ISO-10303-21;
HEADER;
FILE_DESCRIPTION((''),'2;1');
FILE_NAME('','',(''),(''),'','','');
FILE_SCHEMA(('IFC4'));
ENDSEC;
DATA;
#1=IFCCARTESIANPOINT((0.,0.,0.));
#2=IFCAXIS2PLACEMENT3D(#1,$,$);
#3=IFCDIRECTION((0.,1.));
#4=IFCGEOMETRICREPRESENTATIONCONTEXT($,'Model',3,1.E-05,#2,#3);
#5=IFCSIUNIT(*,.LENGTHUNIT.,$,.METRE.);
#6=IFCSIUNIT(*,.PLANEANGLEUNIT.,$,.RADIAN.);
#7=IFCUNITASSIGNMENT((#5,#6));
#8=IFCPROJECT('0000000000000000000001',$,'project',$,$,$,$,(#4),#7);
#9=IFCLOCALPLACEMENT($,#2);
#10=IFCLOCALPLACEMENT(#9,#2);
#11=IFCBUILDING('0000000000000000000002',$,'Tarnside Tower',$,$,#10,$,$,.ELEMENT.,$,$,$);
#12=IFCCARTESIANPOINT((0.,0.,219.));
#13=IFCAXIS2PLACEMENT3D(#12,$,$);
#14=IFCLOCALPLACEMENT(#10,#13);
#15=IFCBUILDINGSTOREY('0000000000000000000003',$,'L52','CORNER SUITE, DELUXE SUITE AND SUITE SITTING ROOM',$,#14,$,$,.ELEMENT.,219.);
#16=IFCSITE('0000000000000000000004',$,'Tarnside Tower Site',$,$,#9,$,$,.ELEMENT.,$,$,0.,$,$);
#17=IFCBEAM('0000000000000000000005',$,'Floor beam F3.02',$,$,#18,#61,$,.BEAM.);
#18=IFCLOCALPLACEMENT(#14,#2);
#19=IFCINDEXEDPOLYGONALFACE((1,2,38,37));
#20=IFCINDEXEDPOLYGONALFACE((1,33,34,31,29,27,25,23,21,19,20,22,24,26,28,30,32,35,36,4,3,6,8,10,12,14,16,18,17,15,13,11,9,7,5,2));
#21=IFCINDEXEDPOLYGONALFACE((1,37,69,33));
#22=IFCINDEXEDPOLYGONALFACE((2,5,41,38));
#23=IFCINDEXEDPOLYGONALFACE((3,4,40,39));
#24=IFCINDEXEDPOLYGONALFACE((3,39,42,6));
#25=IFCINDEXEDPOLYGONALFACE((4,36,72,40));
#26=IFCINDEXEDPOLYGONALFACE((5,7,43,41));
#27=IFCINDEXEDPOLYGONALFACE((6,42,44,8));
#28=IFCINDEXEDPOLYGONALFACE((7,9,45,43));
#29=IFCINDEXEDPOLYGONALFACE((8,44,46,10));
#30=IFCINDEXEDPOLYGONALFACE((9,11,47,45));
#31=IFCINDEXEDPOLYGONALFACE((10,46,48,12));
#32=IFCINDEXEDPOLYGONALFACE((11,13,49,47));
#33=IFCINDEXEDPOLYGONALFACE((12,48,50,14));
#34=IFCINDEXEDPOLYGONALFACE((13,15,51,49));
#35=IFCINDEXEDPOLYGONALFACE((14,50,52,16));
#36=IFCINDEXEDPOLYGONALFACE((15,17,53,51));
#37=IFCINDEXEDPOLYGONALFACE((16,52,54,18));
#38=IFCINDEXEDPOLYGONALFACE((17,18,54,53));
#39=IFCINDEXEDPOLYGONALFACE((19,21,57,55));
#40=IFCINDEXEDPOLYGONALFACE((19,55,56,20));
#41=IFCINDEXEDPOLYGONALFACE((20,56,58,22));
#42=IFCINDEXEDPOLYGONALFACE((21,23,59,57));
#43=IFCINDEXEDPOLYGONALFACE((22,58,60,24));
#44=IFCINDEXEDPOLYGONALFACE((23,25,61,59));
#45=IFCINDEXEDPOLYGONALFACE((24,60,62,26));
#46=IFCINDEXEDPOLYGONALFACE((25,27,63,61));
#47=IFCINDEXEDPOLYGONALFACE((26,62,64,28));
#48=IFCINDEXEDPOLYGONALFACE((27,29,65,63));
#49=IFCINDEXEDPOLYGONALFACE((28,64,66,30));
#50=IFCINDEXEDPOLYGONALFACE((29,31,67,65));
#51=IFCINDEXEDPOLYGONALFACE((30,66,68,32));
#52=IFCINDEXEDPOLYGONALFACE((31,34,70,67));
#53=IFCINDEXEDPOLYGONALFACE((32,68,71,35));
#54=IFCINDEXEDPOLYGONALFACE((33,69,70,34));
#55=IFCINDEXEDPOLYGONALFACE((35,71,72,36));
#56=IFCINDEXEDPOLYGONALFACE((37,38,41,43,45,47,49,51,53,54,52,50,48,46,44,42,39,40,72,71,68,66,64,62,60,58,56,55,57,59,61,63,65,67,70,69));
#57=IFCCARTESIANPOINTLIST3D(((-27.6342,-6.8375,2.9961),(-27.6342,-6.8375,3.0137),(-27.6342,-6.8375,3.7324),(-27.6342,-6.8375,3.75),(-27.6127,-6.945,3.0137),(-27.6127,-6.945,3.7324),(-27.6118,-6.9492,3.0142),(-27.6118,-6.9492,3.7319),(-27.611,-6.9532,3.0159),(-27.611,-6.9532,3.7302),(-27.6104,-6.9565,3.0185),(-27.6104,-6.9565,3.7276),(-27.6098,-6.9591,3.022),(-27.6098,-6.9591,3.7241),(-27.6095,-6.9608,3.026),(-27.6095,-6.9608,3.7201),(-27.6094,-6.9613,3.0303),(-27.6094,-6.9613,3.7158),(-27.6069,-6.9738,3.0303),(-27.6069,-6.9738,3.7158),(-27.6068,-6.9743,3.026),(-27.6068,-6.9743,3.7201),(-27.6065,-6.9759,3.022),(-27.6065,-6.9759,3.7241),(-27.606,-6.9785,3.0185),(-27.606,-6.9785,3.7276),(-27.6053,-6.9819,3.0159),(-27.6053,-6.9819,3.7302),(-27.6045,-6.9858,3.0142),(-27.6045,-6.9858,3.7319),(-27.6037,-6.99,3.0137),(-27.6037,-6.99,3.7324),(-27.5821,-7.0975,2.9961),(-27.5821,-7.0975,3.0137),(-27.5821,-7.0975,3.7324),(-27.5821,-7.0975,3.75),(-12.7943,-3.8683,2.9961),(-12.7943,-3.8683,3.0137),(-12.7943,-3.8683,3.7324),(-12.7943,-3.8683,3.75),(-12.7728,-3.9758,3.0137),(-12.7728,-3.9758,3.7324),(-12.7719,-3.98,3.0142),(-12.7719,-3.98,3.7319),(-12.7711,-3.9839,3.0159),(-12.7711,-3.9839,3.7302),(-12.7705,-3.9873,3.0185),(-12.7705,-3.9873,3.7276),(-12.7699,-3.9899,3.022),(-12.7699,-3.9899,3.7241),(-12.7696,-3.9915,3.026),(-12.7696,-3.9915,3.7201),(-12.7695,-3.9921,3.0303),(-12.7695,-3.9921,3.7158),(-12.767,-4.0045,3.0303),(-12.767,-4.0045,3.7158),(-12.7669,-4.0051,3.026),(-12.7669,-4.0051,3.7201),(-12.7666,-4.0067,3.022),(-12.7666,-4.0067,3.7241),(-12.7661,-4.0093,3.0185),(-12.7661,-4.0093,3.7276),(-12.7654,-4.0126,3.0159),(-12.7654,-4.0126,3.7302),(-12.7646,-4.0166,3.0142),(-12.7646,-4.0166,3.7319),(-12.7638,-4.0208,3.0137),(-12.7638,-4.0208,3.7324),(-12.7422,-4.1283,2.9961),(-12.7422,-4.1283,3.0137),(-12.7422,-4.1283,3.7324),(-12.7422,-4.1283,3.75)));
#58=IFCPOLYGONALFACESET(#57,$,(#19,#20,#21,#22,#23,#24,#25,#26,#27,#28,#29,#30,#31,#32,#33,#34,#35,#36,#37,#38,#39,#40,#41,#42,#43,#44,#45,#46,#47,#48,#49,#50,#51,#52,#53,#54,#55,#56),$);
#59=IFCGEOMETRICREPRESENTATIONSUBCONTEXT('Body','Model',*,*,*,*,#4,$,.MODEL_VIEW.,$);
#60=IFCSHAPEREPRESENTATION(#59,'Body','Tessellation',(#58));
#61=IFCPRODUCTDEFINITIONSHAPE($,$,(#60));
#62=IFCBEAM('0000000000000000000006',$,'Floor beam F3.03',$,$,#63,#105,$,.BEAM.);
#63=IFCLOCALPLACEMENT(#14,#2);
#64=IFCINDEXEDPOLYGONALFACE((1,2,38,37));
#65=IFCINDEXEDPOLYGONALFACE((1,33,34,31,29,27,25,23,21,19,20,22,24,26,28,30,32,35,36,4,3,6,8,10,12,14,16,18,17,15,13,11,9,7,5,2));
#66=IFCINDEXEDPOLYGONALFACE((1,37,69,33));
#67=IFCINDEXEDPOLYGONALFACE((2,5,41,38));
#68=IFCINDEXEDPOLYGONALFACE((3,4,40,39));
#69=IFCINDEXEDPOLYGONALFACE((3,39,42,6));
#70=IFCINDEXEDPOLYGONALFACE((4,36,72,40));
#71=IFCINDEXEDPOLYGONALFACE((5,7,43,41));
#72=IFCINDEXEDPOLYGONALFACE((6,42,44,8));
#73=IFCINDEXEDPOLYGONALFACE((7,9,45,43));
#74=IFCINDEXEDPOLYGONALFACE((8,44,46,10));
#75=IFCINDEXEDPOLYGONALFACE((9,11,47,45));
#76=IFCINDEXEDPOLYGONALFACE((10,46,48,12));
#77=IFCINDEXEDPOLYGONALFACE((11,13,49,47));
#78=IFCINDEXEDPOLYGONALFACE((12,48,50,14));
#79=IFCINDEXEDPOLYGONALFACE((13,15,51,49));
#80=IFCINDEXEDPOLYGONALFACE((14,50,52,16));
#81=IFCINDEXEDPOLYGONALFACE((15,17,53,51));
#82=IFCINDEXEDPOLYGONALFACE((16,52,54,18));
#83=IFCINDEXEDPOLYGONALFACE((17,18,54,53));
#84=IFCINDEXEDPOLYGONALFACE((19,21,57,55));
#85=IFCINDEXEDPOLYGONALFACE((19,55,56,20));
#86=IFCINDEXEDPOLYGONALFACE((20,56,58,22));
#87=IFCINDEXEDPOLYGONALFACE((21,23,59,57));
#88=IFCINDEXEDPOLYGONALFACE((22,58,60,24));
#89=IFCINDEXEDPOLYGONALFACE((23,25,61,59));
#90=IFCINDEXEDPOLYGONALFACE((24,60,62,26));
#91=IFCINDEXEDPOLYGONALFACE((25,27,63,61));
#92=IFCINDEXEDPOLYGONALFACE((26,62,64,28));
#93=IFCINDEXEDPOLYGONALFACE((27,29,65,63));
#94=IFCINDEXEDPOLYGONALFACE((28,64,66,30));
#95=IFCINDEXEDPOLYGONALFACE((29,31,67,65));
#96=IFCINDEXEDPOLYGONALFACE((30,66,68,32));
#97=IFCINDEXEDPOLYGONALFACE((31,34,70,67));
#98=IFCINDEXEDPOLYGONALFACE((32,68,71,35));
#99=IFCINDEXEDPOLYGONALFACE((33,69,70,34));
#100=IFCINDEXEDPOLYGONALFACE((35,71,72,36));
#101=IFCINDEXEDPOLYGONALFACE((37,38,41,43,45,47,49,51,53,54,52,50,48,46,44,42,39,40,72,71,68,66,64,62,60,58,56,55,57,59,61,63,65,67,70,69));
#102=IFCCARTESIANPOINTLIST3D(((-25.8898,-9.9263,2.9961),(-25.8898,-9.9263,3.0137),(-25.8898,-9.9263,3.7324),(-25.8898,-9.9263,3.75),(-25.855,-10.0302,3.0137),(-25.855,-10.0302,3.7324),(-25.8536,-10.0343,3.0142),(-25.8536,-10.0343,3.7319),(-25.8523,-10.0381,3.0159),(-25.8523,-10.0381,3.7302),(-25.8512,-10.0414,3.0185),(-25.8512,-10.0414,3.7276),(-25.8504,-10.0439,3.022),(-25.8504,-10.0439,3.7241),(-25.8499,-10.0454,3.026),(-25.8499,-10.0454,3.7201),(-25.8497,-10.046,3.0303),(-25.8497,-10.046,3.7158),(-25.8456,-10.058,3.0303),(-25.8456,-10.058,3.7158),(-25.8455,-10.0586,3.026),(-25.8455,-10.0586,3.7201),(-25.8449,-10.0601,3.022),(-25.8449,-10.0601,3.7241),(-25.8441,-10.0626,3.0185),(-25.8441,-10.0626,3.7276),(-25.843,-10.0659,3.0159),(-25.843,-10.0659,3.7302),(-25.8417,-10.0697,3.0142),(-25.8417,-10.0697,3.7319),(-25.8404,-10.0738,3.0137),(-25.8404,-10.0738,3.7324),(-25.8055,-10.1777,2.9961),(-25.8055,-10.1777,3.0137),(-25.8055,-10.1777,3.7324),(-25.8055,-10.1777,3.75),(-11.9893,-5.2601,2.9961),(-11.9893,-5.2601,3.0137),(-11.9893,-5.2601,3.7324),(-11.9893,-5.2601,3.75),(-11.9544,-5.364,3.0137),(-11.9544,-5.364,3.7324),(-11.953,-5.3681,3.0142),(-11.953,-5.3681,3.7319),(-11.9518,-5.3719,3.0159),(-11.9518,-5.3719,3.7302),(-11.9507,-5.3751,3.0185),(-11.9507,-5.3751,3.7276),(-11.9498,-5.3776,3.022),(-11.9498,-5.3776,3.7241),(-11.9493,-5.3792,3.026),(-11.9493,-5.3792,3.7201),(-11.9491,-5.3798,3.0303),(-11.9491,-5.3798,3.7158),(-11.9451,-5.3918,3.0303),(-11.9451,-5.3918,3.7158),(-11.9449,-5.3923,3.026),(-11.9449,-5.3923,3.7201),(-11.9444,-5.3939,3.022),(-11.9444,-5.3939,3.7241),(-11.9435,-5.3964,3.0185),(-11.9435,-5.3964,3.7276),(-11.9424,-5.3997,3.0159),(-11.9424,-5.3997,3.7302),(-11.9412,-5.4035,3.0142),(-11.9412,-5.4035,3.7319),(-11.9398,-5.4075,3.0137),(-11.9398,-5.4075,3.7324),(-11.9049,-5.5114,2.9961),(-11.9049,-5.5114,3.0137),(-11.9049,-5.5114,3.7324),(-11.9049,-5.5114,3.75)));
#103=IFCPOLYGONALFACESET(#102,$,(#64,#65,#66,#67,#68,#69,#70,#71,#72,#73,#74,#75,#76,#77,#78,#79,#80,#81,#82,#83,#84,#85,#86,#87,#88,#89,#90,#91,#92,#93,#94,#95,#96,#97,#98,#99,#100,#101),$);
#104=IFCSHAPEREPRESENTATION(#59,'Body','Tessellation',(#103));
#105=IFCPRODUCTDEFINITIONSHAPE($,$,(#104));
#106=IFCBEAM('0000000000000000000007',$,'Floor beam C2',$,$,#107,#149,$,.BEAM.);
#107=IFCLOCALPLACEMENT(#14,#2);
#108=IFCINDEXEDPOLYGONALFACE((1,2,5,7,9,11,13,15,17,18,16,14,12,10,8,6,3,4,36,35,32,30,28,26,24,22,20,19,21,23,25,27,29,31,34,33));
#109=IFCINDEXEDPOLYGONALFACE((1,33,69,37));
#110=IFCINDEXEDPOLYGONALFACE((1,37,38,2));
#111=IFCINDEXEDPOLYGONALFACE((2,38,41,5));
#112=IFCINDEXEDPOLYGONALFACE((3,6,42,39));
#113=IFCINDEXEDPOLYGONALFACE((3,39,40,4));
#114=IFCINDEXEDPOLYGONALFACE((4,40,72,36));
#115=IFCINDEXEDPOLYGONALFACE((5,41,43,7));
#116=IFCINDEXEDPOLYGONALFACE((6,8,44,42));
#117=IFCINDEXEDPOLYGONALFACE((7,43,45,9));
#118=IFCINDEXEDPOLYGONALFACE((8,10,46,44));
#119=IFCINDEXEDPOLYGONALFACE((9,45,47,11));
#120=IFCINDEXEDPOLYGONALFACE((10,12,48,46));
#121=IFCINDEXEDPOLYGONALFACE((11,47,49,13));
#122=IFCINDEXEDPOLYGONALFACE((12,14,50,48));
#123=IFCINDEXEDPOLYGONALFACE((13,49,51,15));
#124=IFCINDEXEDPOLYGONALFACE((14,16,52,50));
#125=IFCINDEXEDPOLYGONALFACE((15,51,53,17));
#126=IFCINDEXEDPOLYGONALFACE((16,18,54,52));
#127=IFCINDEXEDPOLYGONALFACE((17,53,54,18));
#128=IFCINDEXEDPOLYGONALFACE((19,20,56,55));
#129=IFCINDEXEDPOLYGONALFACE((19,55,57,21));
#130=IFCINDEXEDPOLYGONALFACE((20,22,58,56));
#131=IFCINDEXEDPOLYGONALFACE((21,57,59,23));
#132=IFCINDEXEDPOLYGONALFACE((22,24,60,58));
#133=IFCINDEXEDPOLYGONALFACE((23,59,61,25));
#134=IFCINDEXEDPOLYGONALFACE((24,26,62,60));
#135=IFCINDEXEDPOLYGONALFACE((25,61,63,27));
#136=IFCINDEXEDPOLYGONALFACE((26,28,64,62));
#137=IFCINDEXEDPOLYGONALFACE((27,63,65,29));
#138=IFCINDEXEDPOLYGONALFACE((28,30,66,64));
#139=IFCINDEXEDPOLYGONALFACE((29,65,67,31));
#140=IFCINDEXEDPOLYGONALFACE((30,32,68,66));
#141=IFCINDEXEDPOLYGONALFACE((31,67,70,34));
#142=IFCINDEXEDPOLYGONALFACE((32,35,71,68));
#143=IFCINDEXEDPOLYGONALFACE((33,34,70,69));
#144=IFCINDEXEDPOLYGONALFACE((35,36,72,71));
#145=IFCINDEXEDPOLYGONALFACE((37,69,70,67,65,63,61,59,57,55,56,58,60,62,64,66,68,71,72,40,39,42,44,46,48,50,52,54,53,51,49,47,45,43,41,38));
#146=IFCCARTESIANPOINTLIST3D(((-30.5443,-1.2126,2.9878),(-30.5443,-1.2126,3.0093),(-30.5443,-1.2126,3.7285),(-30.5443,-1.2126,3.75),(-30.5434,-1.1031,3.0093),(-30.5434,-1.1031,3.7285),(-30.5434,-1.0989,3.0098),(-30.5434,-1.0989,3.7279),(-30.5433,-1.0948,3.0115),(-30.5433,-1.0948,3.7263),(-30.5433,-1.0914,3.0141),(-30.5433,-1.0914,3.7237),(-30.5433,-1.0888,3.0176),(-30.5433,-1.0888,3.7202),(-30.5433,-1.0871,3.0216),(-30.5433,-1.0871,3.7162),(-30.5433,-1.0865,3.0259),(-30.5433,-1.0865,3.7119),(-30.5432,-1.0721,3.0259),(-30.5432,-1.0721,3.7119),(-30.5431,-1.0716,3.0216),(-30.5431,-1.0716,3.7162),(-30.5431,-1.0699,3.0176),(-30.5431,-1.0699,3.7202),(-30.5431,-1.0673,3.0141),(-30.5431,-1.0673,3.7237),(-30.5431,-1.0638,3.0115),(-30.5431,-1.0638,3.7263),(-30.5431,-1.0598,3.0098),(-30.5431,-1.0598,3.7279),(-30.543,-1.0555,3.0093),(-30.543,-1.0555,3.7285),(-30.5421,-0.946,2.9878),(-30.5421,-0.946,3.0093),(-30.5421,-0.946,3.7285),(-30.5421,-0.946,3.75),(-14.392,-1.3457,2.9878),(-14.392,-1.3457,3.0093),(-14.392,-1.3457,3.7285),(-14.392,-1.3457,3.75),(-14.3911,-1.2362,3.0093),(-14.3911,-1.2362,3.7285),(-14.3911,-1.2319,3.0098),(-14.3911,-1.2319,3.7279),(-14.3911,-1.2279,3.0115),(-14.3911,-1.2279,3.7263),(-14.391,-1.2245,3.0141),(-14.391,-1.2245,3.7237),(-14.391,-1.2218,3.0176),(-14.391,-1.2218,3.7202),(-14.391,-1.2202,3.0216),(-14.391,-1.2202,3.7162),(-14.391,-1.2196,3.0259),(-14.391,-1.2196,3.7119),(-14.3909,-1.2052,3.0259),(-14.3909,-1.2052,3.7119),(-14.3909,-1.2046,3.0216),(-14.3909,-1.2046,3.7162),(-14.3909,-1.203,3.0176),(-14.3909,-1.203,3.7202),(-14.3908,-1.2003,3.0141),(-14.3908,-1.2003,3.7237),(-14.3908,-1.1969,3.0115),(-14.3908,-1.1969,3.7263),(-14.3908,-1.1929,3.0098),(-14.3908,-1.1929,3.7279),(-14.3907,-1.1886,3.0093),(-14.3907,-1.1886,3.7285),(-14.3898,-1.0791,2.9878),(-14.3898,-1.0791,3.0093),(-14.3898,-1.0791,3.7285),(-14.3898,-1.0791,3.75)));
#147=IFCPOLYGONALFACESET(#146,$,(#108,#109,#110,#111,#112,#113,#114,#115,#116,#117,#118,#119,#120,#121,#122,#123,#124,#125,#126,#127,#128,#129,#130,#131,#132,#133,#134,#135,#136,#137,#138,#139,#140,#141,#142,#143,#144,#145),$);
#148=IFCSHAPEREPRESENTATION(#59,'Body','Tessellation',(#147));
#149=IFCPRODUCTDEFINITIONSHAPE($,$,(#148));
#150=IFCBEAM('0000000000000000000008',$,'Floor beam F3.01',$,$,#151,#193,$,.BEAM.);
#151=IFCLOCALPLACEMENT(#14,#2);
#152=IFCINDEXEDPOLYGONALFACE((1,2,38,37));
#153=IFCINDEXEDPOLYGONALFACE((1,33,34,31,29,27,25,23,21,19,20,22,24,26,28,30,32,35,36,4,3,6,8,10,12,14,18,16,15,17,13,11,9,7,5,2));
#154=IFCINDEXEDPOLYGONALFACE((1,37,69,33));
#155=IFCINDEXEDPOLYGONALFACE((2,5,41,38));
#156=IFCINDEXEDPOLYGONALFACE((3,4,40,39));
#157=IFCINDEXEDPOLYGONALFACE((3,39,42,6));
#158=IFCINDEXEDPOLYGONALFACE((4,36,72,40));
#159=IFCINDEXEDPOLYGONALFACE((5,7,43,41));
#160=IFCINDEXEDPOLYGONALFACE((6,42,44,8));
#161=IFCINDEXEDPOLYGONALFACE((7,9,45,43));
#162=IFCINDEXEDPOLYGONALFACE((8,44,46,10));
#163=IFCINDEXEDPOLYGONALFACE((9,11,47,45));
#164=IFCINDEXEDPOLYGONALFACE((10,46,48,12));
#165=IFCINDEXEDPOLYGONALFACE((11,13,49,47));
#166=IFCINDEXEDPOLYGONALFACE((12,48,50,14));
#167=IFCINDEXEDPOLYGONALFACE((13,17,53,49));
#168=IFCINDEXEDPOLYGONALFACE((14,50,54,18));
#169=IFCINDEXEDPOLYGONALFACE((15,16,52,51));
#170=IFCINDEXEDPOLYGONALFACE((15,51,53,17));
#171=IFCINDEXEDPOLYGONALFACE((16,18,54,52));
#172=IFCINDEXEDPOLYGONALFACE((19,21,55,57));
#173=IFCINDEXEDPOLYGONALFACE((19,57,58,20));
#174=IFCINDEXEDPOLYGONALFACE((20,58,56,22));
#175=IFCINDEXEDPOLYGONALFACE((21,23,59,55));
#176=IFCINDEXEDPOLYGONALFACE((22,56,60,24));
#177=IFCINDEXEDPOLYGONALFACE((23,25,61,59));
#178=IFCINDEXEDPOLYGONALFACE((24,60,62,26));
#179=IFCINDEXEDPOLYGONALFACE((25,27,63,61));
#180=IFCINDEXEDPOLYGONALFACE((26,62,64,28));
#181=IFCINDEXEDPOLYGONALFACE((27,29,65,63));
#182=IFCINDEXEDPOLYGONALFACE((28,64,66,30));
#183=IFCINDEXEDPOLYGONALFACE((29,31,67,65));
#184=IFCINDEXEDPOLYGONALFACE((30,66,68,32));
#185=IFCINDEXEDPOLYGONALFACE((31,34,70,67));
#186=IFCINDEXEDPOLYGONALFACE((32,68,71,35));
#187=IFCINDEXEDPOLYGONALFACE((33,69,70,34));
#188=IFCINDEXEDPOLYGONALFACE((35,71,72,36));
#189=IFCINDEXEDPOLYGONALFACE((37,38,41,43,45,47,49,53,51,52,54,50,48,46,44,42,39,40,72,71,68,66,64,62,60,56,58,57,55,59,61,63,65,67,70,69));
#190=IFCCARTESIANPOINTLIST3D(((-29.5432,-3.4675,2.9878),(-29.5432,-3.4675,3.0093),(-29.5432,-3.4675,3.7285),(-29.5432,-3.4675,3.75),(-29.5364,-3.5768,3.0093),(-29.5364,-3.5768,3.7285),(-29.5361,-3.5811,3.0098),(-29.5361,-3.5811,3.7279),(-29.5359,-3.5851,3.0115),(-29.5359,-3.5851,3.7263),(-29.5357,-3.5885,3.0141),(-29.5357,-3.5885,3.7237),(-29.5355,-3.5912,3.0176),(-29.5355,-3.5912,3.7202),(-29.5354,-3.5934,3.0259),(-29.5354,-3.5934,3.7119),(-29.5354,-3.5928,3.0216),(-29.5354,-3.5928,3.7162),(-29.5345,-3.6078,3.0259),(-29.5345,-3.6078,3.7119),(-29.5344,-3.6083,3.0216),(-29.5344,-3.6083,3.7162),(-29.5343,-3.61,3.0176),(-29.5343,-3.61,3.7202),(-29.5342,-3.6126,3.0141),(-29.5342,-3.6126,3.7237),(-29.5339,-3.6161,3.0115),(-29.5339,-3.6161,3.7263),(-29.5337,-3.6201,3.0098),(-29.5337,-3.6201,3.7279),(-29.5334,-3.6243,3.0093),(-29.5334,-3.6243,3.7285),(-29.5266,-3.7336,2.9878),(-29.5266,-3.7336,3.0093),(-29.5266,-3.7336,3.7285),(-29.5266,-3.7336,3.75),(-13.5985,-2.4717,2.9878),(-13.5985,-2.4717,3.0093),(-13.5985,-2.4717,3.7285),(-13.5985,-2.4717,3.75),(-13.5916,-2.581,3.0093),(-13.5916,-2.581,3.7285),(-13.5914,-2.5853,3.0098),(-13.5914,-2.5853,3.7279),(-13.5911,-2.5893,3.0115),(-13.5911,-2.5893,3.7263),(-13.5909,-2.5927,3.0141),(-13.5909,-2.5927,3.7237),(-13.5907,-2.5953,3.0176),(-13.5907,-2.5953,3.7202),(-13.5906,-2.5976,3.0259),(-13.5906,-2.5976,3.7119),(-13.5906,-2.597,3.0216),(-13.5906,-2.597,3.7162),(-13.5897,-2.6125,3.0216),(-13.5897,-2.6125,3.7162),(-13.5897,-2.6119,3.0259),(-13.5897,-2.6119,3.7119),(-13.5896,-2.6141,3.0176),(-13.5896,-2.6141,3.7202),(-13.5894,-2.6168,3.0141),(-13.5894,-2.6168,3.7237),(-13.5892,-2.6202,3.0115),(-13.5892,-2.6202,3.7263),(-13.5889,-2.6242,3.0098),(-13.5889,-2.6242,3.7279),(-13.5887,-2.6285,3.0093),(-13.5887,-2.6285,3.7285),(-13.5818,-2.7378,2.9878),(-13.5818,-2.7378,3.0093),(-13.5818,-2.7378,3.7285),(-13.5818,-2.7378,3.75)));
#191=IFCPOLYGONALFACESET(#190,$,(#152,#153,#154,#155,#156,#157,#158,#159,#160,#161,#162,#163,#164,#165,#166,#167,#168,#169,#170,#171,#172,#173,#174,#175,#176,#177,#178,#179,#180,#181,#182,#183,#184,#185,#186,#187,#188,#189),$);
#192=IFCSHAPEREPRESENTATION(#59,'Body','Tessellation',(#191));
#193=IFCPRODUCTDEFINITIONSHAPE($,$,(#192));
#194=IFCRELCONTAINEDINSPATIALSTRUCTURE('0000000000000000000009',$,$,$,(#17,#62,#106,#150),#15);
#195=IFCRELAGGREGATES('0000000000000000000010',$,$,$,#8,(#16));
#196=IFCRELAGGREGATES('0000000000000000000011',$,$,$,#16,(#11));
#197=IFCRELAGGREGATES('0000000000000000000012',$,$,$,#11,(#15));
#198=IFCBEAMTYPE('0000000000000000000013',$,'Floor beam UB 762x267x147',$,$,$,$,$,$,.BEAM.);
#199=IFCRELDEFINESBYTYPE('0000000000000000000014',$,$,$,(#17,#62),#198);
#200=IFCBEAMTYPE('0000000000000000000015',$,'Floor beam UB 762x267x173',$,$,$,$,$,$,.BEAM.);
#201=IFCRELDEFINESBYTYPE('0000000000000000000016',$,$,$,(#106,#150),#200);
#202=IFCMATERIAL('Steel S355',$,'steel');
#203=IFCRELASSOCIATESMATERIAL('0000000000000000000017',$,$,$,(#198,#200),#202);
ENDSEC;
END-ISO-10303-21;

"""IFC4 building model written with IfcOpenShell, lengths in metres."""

from ifc_helpers import new_model, si_unit, direction, frame, origin, origin_2d, place, context, subcontext, project, spatial, i_section, extrude, material, material_profile, profile_set, type_object, element, save


model = new_model("IFC4")

# Units and contexts
model_context = context("Model", 3, precision=1e-05, world=origin(), true_north=direction((0.0, 1.0)))
body_context = subcontext(model_context, "Body", "Model", "MODEL_VIEW")
ifc_project = project(units=[si_unit("LENGTHUNIT", "METRE"), si_unit("PLANEANGLEUNIT", "RADIAN")], contexts=[model_context])

# Site, building, storey
site_placement = place(None, origin())
site = spatial("IfcSite", under=ifc_project, at=site_placement, Name="Tarnside Tower Site", CompositionType="ELEMENT", RefElevation=0.0)
building_placement = place(site_placement, origin())
building = spatial("IfcBuilding", under=site, at=building_placement, Name="Tarnside Tower", CompositionType="ELEMENT")
storey_placement = place(building_placement, frame((0.0, 0.0, 219.0)))
storey = spatial("IfcBuildingStorey", under=building, at=storey_placement, Name="L52", Description="CORNER SUITE, DELUXE SUITE AND SUITE SITTING ROOM", CompositionType="ELEMENT", Elevation=219.0)

# Beams
ifc_material_1 = material(Name="Steel S355", Category="steel")
ifc_material_profile_1 = material_profile(ifc_material_1, i_section(OverallWidth=0.2651, OverallDepth=0.7539, WebThickness=0.0127, FlangeThickness=0.0176, FilletRadius=0.0166, at=origin_2d()), Name="UB 762x267x147")
ifc_profile_set_1 = profile_set([ifc_material_profile_1], Name="Steel S355")
beam_type_1 = type_object("IfcBeamType", Name="Floor beam UB 762x267x147", PredefinedType="BEAM", material=ifc_profile_set_1)
beam_1_placement = place(storey_placement, frame((-27.6082, -6.9675, 3.373), z_axis=(0.980565, 0.196197, 0.0), x_axis=(-0.196197, 0.980565, 0.0)))
element("IfcBeam", 1, at=beam_1_placement, inside=storey, type_object=beam_type_1, Name="Floor beam F3.02", PredefinedType="BEAM", context=body_context, shape_type="SweptSolid", body=[
    extrude(i_section(OverallWidth=0.2651, OverallDepth=0.7539, WebThickness=0.0127, FlangeThickness=0.0176, FilletRadius=0.0166, at=origin_2d()), origin(), (0.0, 0.0, 1.0), 15.134),
])
beam_2_placement = place(storey_placement, frame((-25.8477, -10.052, 3.373), z_axis=(0.948012, 0.318235, 0.0), x_axis=(-0.318235, 0.948012, 0.0)))
element("IfcBeam", 2, at=beam_2_placement, inside=storey, type_object=beam_type_1, Name="Floor beam F3.03", PredefinedType="BEAM", context=body_context, shape_type="SweptSolid", body=[
    extrude(i_section(OverallWidth=0.2651, OverallDepth=0.7539, WebThickness=0.0127, FlangeThickness=0.0176, FilletRadius=0.0166, at=origin_2d()), origin(), (0.0, 0.0, 1.0), 14.6628),
])
ifc_material_profile_2 = material_profile(ifc_material_1, i_section(OverallWidth=0.2666, OverallDepth=0.7622, WebThickness=0.0144, FlangeThickness=0.0215, FilletRadius=0.0166, at=origin_2d()), Name="UB 762x267x173")
ifc_profile_set_2 = profile_set([ifc_material_profile_2], Name="Steel S355")
beam_type_2 = type_object("IfcBeamType", Name="Floor beam UB 762x267x173", PredefinedType="BEAM", material=ifc_profile_set_2)
beam_3_placement = place(storey_placement, frame((-30.5432, -1.0793, 3.3689), z_axis=(0.999966, -0.008237, 0.0), x_axis=(0.008237, 0.999966, 0.0)))
element("IfcBeam", 3, at=beam_3_placement, inside=storey, type_object=beam_type_2, Name="Floor beam C2", PredefinedType="BEAM", context=body_context, shape_type="SweptSolid", body=[
    extrude(i_section(OverallWidth=0.2666, OverallDepth=0.7622, WebThickness=0.0144, FlangeThickness=0.0215, FilletRadius=0.0166, at=origin_2d()), origin(), (0.0, 0.0, 1.0), 16.1528),
])
beam_4_placement = place(storey_placement, frame((-29.5349, -3.6006, 3.3689), z_axis=(0.998055, 0.062335, 0.0), x_axis=(-0.062335, 0.998055, 0.0)))
element("IfcBeam", 4, at=beam_4_placement, inside=storey, type_object=beam_type_2, Name="Floor beam F3.01", PredefinedType="BEAM", context=body_context, shape_type="SweptSolid", body=[
    extrude(i_section(OverallWidth=0.2666, OverallDepth=0.7622, WebThickness=0.0144, FlangeThickness=0.0215, FilletRadius=0.0166, at=origin_2d()), origin(), (0.0, 0.0, 1.0), 15.9758),
])

save(model, "model.ifc")
